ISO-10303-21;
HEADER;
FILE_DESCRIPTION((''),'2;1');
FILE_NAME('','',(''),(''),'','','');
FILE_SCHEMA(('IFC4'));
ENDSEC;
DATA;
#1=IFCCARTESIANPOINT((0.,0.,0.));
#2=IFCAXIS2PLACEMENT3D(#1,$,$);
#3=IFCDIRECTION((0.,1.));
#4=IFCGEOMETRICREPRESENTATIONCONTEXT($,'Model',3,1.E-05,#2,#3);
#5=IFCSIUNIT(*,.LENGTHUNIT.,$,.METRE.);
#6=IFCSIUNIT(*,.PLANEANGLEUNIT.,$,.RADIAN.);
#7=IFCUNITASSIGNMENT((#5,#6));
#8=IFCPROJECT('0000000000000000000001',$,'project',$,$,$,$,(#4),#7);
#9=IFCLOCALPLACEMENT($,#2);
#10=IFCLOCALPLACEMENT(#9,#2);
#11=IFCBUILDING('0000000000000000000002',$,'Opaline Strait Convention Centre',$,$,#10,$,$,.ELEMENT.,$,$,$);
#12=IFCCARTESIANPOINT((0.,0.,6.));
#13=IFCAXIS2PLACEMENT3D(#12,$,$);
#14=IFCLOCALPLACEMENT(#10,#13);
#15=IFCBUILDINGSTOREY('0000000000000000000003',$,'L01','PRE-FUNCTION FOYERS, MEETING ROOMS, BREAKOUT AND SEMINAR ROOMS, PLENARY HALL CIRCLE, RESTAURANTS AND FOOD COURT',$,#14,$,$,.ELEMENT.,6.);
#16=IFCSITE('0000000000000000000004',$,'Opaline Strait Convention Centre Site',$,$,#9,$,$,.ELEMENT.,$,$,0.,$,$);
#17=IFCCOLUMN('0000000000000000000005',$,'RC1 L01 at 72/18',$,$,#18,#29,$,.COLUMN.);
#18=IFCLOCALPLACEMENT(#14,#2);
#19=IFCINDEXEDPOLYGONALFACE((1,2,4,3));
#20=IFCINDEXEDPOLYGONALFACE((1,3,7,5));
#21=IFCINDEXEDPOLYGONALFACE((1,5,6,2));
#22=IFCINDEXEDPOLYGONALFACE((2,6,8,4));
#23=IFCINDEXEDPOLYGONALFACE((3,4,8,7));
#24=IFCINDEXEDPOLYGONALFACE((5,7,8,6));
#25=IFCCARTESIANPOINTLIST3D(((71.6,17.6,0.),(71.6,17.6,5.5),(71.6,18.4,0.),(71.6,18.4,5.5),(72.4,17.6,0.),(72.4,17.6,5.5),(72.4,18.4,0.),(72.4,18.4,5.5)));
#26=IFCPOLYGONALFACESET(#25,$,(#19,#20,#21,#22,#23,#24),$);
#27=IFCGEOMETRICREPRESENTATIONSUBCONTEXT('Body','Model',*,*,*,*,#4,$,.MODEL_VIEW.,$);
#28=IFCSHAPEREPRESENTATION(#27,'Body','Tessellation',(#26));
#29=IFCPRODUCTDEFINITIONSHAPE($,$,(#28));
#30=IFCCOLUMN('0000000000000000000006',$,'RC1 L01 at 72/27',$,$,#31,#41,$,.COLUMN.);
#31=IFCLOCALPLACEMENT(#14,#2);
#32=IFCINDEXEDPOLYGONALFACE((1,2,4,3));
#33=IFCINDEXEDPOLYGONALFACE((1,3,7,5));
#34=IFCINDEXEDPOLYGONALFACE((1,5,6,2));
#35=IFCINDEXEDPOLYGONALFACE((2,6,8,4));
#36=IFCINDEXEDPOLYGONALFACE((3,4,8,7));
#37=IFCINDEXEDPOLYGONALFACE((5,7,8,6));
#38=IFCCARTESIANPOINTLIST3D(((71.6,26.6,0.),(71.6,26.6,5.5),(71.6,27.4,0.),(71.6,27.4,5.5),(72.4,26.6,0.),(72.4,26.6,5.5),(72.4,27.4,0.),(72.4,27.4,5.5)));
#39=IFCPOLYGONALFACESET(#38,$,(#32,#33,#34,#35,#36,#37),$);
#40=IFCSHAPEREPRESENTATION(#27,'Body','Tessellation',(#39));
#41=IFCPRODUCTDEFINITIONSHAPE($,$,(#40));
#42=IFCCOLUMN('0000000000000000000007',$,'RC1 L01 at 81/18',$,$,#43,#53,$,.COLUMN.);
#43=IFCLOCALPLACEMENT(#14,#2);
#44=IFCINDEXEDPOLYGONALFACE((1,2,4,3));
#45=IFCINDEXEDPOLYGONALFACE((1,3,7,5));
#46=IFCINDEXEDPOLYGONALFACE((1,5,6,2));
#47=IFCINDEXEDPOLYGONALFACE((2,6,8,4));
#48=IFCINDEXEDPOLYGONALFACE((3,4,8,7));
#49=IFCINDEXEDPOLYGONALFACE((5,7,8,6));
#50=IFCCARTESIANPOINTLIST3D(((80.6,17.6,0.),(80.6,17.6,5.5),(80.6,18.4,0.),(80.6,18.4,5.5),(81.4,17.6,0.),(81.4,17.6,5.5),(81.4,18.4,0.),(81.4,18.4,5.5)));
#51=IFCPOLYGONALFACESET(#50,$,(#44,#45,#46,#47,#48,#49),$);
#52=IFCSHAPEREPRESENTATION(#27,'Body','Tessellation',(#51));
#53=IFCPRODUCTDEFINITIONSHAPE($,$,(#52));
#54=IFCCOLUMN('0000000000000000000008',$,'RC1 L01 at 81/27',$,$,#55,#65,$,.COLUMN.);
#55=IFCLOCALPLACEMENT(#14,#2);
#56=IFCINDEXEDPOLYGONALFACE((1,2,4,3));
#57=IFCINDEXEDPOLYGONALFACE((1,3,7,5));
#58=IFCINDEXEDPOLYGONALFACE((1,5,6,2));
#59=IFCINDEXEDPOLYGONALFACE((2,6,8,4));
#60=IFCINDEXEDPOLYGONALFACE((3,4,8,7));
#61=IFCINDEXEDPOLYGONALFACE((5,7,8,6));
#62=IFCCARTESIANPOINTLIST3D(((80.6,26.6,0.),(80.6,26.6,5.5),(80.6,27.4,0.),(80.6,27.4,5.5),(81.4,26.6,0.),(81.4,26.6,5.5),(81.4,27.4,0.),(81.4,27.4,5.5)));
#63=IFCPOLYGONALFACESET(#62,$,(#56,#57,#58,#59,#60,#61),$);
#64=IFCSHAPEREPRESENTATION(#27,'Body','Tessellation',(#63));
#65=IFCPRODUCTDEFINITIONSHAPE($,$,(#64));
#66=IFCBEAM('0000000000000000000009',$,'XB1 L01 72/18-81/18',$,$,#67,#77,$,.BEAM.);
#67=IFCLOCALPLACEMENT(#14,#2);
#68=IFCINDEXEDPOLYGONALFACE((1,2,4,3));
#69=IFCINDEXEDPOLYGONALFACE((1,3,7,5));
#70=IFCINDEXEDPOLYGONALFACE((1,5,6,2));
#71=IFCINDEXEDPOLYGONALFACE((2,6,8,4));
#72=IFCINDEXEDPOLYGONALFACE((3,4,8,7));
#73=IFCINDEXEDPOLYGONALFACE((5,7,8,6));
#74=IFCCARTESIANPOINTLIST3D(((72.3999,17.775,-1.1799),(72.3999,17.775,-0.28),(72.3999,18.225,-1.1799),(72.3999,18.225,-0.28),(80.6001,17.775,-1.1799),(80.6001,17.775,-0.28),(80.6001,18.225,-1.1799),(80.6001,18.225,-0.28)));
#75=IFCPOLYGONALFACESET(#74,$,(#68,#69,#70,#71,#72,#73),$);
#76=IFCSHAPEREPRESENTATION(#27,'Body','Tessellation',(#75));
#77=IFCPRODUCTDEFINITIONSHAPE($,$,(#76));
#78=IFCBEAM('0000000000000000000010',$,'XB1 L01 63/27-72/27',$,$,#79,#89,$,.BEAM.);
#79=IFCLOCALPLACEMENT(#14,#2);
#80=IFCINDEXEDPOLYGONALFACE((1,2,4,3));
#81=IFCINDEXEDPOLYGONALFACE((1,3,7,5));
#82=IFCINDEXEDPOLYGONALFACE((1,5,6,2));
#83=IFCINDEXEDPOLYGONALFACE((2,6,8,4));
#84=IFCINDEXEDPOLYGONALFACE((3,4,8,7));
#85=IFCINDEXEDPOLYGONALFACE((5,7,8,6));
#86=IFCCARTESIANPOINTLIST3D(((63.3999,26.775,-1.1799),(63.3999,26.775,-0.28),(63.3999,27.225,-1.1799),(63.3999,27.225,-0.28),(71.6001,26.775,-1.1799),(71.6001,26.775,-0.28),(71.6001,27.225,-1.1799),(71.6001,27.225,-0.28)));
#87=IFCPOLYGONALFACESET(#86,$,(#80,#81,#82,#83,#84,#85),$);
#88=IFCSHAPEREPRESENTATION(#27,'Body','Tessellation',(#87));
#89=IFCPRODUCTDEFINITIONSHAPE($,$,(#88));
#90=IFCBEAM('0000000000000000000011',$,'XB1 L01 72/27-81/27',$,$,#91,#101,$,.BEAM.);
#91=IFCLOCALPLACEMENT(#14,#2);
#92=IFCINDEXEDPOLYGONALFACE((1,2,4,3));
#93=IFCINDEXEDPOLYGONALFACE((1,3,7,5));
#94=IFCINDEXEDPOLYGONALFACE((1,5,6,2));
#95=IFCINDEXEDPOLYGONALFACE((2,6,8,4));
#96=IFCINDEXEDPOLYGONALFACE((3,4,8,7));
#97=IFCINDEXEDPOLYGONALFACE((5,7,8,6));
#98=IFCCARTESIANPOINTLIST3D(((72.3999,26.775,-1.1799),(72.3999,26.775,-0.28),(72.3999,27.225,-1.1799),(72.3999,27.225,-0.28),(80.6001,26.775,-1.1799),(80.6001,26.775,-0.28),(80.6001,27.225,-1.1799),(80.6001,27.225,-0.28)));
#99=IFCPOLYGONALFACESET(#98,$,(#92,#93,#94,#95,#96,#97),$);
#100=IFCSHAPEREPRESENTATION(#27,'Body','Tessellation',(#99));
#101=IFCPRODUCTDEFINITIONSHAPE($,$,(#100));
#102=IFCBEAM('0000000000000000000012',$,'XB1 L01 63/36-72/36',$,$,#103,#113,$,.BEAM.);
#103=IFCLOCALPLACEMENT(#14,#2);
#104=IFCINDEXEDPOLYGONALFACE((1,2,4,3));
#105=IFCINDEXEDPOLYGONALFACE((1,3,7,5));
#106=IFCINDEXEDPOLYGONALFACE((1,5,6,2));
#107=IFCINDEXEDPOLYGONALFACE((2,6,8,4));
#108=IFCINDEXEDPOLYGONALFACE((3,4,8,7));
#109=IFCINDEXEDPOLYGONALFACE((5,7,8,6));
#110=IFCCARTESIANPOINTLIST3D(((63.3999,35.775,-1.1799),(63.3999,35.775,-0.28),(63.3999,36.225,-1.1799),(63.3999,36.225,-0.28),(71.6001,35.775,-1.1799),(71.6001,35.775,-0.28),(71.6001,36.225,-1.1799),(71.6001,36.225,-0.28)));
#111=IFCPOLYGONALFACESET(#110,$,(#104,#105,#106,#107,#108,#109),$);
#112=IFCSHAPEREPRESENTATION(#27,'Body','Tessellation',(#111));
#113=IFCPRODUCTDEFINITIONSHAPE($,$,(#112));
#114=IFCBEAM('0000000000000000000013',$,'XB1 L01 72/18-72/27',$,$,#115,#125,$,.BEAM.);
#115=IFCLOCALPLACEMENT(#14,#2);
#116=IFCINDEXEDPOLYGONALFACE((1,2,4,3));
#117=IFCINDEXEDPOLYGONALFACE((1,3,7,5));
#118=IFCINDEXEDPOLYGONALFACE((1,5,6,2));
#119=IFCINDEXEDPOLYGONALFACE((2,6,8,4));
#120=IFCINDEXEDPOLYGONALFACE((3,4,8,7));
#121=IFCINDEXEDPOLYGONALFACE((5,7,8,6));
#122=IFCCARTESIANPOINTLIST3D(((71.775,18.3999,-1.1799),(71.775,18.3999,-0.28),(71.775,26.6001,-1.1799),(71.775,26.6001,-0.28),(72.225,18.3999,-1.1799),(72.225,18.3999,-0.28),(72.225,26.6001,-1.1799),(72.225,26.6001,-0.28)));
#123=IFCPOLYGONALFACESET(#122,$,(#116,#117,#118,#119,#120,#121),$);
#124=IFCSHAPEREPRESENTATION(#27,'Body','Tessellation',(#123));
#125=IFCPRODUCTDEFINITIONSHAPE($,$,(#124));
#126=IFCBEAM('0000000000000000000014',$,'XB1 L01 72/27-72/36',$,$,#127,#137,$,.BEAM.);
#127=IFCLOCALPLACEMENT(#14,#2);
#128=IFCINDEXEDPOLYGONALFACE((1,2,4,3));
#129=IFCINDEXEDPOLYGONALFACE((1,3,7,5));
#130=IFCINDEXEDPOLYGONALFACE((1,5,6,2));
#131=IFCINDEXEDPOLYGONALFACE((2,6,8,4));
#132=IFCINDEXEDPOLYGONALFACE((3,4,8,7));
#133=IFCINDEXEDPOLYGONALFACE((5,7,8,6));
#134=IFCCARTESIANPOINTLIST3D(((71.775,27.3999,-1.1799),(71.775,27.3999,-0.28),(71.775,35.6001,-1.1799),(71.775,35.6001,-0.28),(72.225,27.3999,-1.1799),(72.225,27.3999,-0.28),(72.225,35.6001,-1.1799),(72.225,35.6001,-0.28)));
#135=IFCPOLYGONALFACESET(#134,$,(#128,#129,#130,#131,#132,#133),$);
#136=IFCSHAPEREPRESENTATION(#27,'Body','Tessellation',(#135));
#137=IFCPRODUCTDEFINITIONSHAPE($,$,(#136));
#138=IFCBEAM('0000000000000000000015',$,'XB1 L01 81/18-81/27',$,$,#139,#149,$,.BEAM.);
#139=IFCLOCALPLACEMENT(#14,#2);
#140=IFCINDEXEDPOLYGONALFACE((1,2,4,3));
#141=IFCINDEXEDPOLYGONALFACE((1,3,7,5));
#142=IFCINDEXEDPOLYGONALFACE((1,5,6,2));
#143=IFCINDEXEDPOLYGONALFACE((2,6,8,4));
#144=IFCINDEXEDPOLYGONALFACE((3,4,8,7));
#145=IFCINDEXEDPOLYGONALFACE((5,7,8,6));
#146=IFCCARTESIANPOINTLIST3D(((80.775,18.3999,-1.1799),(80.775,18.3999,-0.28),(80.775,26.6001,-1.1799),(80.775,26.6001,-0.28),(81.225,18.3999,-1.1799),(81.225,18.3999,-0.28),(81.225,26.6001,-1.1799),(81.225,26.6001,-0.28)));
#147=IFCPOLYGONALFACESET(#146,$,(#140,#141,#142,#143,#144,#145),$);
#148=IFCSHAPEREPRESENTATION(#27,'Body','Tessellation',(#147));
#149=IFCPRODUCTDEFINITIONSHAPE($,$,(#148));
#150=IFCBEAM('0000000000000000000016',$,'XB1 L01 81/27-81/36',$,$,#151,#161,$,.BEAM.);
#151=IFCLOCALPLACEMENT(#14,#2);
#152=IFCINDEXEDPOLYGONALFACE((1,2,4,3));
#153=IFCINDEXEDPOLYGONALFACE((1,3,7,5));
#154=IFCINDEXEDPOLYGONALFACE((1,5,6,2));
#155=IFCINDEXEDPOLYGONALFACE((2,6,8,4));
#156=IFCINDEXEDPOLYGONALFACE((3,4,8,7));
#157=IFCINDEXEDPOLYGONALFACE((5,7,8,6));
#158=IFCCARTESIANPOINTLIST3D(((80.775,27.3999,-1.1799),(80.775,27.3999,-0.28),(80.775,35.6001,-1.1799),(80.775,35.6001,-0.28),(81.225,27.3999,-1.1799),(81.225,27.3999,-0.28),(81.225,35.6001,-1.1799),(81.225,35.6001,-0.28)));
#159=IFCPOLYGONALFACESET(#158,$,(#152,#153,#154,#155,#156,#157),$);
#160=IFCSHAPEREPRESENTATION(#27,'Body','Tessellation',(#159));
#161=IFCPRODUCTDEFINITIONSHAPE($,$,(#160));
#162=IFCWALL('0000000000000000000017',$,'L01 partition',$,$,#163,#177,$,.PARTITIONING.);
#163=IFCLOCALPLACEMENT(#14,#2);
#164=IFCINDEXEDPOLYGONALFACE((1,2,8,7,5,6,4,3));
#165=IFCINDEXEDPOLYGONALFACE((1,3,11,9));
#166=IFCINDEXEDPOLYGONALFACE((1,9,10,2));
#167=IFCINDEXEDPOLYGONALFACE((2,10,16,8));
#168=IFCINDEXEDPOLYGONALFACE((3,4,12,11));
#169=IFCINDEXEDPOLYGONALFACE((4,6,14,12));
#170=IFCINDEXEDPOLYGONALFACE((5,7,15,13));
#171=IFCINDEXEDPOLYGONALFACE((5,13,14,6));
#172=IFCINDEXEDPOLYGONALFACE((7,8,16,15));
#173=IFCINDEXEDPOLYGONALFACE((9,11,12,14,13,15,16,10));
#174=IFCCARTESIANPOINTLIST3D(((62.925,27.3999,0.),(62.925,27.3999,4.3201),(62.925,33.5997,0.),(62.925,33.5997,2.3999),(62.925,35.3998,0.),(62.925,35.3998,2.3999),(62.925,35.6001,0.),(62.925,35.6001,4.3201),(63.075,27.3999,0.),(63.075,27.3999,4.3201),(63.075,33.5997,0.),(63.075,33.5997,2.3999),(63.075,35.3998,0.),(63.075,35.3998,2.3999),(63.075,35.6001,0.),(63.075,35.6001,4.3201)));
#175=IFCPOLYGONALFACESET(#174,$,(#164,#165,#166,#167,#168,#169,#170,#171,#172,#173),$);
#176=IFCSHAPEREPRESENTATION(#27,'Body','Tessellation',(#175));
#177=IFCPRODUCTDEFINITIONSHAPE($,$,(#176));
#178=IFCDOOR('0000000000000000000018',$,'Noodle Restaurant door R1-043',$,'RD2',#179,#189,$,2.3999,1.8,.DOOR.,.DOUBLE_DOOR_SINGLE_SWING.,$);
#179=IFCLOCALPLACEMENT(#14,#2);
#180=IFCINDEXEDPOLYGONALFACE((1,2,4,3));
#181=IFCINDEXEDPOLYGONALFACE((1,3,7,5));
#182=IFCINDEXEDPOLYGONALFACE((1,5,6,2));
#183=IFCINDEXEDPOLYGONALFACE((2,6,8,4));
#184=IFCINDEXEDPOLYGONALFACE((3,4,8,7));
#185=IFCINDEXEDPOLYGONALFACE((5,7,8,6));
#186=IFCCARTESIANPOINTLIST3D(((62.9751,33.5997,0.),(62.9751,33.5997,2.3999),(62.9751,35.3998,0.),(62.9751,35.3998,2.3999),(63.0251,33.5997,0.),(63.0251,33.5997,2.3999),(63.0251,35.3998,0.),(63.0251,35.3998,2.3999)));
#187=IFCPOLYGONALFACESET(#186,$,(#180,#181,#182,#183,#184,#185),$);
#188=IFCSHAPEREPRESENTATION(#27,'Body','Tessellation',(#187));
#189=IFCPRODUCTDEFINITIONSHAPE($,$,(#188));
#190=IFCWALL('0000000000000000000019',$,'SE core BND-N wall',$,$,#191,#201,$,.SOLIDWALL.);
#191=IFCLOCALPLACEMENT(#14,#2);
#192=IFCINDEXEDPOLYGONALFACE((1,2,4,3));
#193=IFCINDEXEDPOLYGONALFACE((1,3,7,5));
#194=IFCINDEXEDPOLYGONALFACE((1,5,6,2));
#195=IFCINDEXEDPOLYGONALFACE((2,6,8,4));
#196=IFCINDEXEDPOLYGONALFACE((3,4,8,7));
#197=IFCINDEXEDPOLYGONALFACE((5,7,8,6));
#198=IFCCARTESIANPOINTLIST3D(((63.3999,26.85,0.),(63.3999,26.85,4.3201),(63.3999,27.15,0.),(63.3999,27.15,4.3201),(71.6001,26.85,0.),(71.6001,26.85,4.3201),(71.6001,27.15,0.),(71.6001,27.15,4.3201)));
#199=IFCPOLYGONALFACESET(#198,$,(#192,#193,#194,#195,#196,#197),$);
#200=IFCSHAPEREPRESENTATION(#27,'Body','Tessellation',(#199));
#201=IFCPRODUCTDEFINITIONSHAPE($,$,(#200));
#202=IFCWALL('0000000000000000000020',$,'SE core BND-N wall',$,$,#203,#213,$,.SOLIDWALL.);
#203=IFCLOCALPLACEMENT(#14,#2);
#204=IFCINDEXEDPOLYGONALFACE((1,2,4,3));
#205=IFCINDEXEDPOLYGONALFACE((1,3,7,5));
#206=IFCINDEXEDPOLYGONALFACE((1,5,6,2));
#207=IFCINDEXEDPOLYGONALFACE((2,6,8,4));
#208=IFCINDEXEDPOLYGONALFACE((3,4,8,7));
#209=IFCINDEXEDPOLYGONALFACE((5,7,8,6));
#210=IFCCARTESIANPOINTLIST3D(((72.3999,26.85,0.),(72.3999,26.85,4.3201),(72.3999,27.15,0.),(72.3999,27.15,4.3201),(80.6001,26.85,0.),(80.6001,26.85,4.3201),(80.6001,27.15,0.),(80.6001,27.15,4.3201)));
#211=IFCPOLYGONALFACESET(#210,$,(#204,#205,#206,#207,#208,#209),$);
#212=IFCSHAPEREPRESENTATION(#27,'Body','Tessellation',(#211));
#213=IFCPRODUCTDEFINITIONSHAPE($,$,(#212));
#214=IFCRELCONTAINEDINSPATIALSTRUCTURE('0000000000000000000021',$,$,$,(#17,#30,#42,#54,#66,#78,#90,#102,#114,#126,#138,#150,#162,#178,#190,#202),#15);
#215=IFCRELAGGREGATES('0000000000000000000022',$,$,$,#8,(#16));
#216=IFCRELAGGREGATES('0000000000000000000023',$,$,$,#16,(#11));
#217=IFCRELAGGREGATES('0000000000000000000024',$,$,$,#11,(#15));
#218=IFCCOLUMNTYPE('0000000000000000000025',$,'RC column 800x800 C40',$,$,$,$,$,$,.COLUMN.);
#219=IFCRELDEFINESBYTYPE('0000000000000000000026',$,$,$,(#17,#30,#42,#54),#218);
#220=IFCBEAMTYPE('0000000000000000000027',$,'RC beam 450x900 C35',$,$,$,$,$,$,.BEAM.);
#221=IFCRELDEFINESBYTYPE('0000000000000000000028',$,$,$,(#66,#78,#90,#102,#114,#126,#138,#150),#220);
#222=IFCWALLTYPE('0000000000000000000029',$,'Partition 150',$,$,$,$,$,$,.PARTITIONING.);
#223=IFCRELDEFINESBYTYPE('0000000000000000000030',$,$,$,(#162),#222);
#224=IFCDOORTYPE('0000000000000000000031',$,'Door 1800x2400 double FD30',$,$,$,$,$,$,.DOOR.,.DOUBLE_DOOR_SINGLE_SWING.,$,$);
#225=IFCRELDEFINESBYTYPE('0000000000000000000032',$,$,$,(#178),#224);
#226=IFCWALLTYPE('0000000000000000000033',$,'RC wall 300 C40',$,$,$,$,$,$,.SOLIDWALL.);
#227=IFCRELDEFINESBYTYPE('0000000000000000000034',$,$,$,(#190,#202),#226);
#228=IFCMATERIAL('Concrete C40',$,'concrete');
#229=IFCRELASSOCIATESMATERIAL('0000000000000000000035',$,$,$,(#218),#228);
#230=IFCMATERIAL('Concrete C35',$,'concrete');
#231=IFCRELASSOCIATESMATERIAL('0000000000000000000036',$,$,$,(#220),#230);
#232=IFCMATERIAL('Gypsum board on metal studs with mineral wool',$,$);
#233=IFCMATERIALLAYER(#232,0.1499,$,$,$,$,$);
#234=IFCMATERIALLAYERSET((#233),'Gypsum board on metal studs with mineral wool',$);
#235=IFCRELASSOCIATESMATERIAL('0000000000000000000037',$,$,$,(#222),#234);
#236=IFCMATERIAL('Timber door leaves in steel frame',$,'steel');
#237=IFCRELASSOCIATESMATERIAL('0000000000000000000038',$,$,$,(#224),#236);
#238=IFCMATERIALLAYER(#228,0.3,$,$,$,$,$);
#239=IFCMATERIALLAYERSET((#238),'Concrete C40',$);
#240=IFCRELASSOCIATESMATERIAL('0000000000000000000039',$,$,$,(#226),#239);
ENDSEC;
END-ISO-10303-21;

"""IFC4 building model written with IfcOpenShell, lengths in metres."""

from ifc_helpers import new_model, si_unit, direction, frame, frame_2d, origin, origin_2d, place, context, subcontext, project, spatial, rectangle, extrude, material, layer, layer_set, material_profile, profile_set, type_object, element, fill, save


model = new_model("IFC4")

# Units and contexts
model_context = context("Model", 3, precision=1e-05, world=origin(), true_north=direction((0.0, 1.0)))
body_context = subcontext(model_context, "Body", "Model", "MODEL_VIEW")
ifc_project = project(units=[si_unit("LENGTHUNIT", "METRE"), si_unit("PLANEANGLEUNIT", "RADIAN")], contexts=[model_context])

# Site, building, storey
site_placement = place(None, origin())
site = spatial("IfcSite", under=ifc_project, at=site_placement, Name="Opaline Strait Convention Centre Site", CompositionType="ELEMENT", RefElevation=0.0)
building_placement = place(site_placement, origin())
building = spatial("IfcBuilding", under=site, at=building_placement, Name="Opaline Strait Convention Centre", CompositionType="ELEMENT")
storey_placement = place(building_placement, frame((0.0, 0.0, 6.0)))
storey = spatial("IfcBuildingStorey", under=building, at=storey_placement, Name="L01", Description="PRE-FUNCTION FOYERS, MEETING ROOMS, BREAKOUT AND SEMINAR ROOMS, PLENARY HALL CIRCLE, RESTAURANTS AND FOOD COURT", CompositionType="ELEMENT", Elevation=6.0)

# Columns
ifc_material_1 = material(Name="Concrete C40", Category="concrete")
ifc_material_profile_1 = material_profile(ifc_material_1, rectangle(XDim=0.8, YDim=0.8, at=origin_2d()), Name="RC 800x800")
ifc_profile_set_1 = profile_set([ifc_material_profile_1], Name="Concrete C40")
column_type = type_object("IfcColumnType", Name="RC column 800x800 C40", PredefinedType="COLUMN", material=ifc_profile_set_1)
for number, where, z_axis, x_axis, name in (
    (1, (72.0, 18.0, 0.0), (0.0, 0.0, 1.0), (1.0, 0.0, 0.0), "RC1 L01 at 72/18"),
    (2, (72.0, 27.0, 0.0), (0.0, 0.0, 1.0), (1.0, 0.0, 0.0), "RC1 L01 at 72/27"),
    (3, (81.0, 18.0, 0.0), (0.0, 0.0, 1.0), (1.0, 0.0, 0.0), "RC1 L01 at 81/18"),
    (4, (81.0, 27.0, 0.0), (0.0, 0.0, 1.0), (1.0, 0.0, 0.0), "RC1 L01 at 81/27"),
):
    element("IfcColumn", number, at=place(storey_placement, frame(where, z_axis=z_axis, x_axis=x_axis)), inside=storey, type_object=column_type, Name=name, PredefinedType="COLUMN", context=body_context, shape_type="SweptSolid", body=[
        extrude(rectangle(XDim=0.8, YDim=0.8, at=origin_2d()), origin(), (0.0, 0.0, 1.0), 5.5),
    ])

# Beams
ifc_material_2 = material(Name="Concrete C35", Category="concrete")
ifc_material_profile_2 = material_profile(ifc_material_2, rectangle(XDim=0.45, YDim=0.8999, at=origin_2d()), Name="RC 450x900")
ifc_profile_set_2 = profile_set([ifc_material_profile_2], Name="Concrete C35")
beam_type = type_object("IfcBeamType", Name="RC beam 450x900 C35", PredefinedType="BEAM", material=ifc_profile_set_2)
for number, where, z_axis, x_axis, name in (
    (5, (72.3999, 18.0, -0.73), (1.0, 0.0, 0.0), (0.0, 1.0, 0.0), "XB1 L01 72/18-81/18"),
    (6, (63.3999, 27.0, -0.73), (1.0, 0.0, 0.0), (0.0, 1.0, 0.0), "XB1 L01 63/27-72/27"),
    (7, (72.3999, 27.0, -0.73), (1.0, 0.0, 0.0), (0.0, 1.0, 0.0), "XB1 L01 72/27-81/27"),
    (8, (63.3999, 36.0, -0.73), (1.0, 0.0, 0.0), (0.0, 1.0, 0.0), "XB1 L01 63/36-72/36"),
    (9, (72.0, 18.3999, -0.73), (0.0, 1.0, 0.0), (-1.0, 0.0, 0.0), "XB1 L01 72/18-72/27"),
    (10, (72.0, 27.3999, -0.73), (0.0, 1.0, 0.0), (-1.0, 0.0, 0.0), "XB1 L01 72/27-72/36"),
    (11, (81.0, 18.3999, -0.73), (0.0, 1.0, 0.0), (-1.0, 0.0, 0.0), "XB1 L01 81/18-81/27"),
    (12, (81.0, 27.3999, -0.73), (0.0, 1.0, 0.0), (-1.0, 0.0, 0.0), "XB1 L01 81/27-81/36"),
):
    element("IfcBeam", number, at=place(storey_placement, frame(where, z_axis=z_axis, x_axis=x_axis)), inside=storey, type_object=beam_type, Name=name, PredefinedType="BEAM", context=body_context, shape_type="SweptSolid", body=[
        extrude(rectangle(XDim=0.45, YDim=0.8999, at=origin_2d()), origin(), (0.0, 0.0, 1.0), 8.2002),
    ])

# Wall, opening, door
ifc_material_3 = material(Name="Gypsum board on metal studs with mineral wool")
ifc_layer_1 = layer(ifc_material_3, 0.1499)
ifc_layer_set_1 = layer_set([ifc_layer_1], Name="Gypsum board on metal studs with mineral wool")
wall_type_1 = type_object("IfcWallType", Name="Partition 150", PredefinedType="PARTITIONING", material=ifc_layer_set_1)
wall_1_placement = place(storey_placement, frame((63.0, 27.3999, 0.0), z_axis=(0.0, 0.0, 1.0), x_axis=(0.0, 1.0, 0.0)))
wall_1 = element("IfcWall", 13, at=wall_1_placement, inside=storey, type_object=wall_type_1, Name="L01 partition", PredefinedType="PARTITIONING", context=body_context, shape_type="SweptSolid", body=[
    extrude(rectangle(XDim=8.2002, YDim=0.1499, at=frame_2d((4.1001, 0.0))), origin(), (0.0, 0.0, 1.0), 4.3201),
])
opening_1_placement = place(wall_1_placement, frame((6.2, 0.0, 0.0)))
opening_1 = element("IfcOpeningElement", 14, at=opening_1_placement, cuts=wall_1, PredefinedType="OPENING", context=body_context, shape_type="SweptSolid", body=[
    extrude(rectangle(XDim=1.8, YDim=2.3999, at=frame_2d((0.8999, 1.2))), frame((0.0, 0.085, 0.0), z_axis=(0.0, -1.0, 0.0), x_axis=(1.0, 0.0, 0.0)), (0.0, 0.0, 1.0), 0.1699),
])
ifc_material_4 = material(Name="Timber door leaves in steel frame", Category="steel")
door_type_1 = type_object("IfcDoorType", Name="Door 1800x2400 double FD30", OperationType="DOUBLE_DOOR_SINGLE_SWING", PredefinedType="DOOR", material=ifc_material_4)
door_1_placement = place(opening_1_placement, origin())
door_1 = element("IfcDoor", 15, at=door_1_placement, inside=storey, type_object=door_type_1, Name="Noodle Restaurant door R1-043", ObjectType="RD2", OperationType="DOUBLE_DOOR_SINGLE_SWING", OverallHeight=2.3999, OverallWidth=1.8, PredefinedType="DOOR", context=body_context, shape_type="SweptSolid", body=[
    extrude(rectangle(XDim=1.8, YDim=2.3999, at=frame_2d((0.8999, 1.2))), frame((0.0, 0.0249, 0.0), z_axis=(0.0, -1.0, 0.0), x_axis=(1.0, 0.0, 0.0)), (0.0, 0.0, 1.0), 0.05),
])
fill(opening_1, door_1)

# Walls
ifc_layer_2 = layer(ifc_material_1, 0.3)
ifc_layer_set_2 = layer_set([ifc_layer_2], Name="Concrete C40")
wall_type_2 = type_object("IfcWallType", Name="RC wall 300 C40", PredefinedType="SOLIDWALL", material=ifc_layer_set_2)
for number, where, z_axis, x_axis, name in (
    (16, (71.6001, 27.0, 0.0), (0.0, 0.0, 1.0), (-1.0, 0.0, 0.0), "SE core BND-N wall"),
    (17, (80.6001, 27.0, 0.0), (0.0, 0.0, 1.0), (-1.0, 0.0, 0.0), "SE core BND-N wall"),
):
    element("IfcWall", number, at=place(storey_placement, frame(where, z_axis=z_axis, x_axis=x_axis)), inside=storey, type_object=wall_type_2, Name=name, PredefinedType="SOLIDWALL", context=body_context, shape_type="SweptSolid", body=[
        extrude(rectangle(XDim=8.2002, YDim=0.3, at=frame_2d((4.1001, 0.0))), origin(), (0.0, 0.0, 1.0), 4.3201),
    ])

save(model, "model.ifc")
